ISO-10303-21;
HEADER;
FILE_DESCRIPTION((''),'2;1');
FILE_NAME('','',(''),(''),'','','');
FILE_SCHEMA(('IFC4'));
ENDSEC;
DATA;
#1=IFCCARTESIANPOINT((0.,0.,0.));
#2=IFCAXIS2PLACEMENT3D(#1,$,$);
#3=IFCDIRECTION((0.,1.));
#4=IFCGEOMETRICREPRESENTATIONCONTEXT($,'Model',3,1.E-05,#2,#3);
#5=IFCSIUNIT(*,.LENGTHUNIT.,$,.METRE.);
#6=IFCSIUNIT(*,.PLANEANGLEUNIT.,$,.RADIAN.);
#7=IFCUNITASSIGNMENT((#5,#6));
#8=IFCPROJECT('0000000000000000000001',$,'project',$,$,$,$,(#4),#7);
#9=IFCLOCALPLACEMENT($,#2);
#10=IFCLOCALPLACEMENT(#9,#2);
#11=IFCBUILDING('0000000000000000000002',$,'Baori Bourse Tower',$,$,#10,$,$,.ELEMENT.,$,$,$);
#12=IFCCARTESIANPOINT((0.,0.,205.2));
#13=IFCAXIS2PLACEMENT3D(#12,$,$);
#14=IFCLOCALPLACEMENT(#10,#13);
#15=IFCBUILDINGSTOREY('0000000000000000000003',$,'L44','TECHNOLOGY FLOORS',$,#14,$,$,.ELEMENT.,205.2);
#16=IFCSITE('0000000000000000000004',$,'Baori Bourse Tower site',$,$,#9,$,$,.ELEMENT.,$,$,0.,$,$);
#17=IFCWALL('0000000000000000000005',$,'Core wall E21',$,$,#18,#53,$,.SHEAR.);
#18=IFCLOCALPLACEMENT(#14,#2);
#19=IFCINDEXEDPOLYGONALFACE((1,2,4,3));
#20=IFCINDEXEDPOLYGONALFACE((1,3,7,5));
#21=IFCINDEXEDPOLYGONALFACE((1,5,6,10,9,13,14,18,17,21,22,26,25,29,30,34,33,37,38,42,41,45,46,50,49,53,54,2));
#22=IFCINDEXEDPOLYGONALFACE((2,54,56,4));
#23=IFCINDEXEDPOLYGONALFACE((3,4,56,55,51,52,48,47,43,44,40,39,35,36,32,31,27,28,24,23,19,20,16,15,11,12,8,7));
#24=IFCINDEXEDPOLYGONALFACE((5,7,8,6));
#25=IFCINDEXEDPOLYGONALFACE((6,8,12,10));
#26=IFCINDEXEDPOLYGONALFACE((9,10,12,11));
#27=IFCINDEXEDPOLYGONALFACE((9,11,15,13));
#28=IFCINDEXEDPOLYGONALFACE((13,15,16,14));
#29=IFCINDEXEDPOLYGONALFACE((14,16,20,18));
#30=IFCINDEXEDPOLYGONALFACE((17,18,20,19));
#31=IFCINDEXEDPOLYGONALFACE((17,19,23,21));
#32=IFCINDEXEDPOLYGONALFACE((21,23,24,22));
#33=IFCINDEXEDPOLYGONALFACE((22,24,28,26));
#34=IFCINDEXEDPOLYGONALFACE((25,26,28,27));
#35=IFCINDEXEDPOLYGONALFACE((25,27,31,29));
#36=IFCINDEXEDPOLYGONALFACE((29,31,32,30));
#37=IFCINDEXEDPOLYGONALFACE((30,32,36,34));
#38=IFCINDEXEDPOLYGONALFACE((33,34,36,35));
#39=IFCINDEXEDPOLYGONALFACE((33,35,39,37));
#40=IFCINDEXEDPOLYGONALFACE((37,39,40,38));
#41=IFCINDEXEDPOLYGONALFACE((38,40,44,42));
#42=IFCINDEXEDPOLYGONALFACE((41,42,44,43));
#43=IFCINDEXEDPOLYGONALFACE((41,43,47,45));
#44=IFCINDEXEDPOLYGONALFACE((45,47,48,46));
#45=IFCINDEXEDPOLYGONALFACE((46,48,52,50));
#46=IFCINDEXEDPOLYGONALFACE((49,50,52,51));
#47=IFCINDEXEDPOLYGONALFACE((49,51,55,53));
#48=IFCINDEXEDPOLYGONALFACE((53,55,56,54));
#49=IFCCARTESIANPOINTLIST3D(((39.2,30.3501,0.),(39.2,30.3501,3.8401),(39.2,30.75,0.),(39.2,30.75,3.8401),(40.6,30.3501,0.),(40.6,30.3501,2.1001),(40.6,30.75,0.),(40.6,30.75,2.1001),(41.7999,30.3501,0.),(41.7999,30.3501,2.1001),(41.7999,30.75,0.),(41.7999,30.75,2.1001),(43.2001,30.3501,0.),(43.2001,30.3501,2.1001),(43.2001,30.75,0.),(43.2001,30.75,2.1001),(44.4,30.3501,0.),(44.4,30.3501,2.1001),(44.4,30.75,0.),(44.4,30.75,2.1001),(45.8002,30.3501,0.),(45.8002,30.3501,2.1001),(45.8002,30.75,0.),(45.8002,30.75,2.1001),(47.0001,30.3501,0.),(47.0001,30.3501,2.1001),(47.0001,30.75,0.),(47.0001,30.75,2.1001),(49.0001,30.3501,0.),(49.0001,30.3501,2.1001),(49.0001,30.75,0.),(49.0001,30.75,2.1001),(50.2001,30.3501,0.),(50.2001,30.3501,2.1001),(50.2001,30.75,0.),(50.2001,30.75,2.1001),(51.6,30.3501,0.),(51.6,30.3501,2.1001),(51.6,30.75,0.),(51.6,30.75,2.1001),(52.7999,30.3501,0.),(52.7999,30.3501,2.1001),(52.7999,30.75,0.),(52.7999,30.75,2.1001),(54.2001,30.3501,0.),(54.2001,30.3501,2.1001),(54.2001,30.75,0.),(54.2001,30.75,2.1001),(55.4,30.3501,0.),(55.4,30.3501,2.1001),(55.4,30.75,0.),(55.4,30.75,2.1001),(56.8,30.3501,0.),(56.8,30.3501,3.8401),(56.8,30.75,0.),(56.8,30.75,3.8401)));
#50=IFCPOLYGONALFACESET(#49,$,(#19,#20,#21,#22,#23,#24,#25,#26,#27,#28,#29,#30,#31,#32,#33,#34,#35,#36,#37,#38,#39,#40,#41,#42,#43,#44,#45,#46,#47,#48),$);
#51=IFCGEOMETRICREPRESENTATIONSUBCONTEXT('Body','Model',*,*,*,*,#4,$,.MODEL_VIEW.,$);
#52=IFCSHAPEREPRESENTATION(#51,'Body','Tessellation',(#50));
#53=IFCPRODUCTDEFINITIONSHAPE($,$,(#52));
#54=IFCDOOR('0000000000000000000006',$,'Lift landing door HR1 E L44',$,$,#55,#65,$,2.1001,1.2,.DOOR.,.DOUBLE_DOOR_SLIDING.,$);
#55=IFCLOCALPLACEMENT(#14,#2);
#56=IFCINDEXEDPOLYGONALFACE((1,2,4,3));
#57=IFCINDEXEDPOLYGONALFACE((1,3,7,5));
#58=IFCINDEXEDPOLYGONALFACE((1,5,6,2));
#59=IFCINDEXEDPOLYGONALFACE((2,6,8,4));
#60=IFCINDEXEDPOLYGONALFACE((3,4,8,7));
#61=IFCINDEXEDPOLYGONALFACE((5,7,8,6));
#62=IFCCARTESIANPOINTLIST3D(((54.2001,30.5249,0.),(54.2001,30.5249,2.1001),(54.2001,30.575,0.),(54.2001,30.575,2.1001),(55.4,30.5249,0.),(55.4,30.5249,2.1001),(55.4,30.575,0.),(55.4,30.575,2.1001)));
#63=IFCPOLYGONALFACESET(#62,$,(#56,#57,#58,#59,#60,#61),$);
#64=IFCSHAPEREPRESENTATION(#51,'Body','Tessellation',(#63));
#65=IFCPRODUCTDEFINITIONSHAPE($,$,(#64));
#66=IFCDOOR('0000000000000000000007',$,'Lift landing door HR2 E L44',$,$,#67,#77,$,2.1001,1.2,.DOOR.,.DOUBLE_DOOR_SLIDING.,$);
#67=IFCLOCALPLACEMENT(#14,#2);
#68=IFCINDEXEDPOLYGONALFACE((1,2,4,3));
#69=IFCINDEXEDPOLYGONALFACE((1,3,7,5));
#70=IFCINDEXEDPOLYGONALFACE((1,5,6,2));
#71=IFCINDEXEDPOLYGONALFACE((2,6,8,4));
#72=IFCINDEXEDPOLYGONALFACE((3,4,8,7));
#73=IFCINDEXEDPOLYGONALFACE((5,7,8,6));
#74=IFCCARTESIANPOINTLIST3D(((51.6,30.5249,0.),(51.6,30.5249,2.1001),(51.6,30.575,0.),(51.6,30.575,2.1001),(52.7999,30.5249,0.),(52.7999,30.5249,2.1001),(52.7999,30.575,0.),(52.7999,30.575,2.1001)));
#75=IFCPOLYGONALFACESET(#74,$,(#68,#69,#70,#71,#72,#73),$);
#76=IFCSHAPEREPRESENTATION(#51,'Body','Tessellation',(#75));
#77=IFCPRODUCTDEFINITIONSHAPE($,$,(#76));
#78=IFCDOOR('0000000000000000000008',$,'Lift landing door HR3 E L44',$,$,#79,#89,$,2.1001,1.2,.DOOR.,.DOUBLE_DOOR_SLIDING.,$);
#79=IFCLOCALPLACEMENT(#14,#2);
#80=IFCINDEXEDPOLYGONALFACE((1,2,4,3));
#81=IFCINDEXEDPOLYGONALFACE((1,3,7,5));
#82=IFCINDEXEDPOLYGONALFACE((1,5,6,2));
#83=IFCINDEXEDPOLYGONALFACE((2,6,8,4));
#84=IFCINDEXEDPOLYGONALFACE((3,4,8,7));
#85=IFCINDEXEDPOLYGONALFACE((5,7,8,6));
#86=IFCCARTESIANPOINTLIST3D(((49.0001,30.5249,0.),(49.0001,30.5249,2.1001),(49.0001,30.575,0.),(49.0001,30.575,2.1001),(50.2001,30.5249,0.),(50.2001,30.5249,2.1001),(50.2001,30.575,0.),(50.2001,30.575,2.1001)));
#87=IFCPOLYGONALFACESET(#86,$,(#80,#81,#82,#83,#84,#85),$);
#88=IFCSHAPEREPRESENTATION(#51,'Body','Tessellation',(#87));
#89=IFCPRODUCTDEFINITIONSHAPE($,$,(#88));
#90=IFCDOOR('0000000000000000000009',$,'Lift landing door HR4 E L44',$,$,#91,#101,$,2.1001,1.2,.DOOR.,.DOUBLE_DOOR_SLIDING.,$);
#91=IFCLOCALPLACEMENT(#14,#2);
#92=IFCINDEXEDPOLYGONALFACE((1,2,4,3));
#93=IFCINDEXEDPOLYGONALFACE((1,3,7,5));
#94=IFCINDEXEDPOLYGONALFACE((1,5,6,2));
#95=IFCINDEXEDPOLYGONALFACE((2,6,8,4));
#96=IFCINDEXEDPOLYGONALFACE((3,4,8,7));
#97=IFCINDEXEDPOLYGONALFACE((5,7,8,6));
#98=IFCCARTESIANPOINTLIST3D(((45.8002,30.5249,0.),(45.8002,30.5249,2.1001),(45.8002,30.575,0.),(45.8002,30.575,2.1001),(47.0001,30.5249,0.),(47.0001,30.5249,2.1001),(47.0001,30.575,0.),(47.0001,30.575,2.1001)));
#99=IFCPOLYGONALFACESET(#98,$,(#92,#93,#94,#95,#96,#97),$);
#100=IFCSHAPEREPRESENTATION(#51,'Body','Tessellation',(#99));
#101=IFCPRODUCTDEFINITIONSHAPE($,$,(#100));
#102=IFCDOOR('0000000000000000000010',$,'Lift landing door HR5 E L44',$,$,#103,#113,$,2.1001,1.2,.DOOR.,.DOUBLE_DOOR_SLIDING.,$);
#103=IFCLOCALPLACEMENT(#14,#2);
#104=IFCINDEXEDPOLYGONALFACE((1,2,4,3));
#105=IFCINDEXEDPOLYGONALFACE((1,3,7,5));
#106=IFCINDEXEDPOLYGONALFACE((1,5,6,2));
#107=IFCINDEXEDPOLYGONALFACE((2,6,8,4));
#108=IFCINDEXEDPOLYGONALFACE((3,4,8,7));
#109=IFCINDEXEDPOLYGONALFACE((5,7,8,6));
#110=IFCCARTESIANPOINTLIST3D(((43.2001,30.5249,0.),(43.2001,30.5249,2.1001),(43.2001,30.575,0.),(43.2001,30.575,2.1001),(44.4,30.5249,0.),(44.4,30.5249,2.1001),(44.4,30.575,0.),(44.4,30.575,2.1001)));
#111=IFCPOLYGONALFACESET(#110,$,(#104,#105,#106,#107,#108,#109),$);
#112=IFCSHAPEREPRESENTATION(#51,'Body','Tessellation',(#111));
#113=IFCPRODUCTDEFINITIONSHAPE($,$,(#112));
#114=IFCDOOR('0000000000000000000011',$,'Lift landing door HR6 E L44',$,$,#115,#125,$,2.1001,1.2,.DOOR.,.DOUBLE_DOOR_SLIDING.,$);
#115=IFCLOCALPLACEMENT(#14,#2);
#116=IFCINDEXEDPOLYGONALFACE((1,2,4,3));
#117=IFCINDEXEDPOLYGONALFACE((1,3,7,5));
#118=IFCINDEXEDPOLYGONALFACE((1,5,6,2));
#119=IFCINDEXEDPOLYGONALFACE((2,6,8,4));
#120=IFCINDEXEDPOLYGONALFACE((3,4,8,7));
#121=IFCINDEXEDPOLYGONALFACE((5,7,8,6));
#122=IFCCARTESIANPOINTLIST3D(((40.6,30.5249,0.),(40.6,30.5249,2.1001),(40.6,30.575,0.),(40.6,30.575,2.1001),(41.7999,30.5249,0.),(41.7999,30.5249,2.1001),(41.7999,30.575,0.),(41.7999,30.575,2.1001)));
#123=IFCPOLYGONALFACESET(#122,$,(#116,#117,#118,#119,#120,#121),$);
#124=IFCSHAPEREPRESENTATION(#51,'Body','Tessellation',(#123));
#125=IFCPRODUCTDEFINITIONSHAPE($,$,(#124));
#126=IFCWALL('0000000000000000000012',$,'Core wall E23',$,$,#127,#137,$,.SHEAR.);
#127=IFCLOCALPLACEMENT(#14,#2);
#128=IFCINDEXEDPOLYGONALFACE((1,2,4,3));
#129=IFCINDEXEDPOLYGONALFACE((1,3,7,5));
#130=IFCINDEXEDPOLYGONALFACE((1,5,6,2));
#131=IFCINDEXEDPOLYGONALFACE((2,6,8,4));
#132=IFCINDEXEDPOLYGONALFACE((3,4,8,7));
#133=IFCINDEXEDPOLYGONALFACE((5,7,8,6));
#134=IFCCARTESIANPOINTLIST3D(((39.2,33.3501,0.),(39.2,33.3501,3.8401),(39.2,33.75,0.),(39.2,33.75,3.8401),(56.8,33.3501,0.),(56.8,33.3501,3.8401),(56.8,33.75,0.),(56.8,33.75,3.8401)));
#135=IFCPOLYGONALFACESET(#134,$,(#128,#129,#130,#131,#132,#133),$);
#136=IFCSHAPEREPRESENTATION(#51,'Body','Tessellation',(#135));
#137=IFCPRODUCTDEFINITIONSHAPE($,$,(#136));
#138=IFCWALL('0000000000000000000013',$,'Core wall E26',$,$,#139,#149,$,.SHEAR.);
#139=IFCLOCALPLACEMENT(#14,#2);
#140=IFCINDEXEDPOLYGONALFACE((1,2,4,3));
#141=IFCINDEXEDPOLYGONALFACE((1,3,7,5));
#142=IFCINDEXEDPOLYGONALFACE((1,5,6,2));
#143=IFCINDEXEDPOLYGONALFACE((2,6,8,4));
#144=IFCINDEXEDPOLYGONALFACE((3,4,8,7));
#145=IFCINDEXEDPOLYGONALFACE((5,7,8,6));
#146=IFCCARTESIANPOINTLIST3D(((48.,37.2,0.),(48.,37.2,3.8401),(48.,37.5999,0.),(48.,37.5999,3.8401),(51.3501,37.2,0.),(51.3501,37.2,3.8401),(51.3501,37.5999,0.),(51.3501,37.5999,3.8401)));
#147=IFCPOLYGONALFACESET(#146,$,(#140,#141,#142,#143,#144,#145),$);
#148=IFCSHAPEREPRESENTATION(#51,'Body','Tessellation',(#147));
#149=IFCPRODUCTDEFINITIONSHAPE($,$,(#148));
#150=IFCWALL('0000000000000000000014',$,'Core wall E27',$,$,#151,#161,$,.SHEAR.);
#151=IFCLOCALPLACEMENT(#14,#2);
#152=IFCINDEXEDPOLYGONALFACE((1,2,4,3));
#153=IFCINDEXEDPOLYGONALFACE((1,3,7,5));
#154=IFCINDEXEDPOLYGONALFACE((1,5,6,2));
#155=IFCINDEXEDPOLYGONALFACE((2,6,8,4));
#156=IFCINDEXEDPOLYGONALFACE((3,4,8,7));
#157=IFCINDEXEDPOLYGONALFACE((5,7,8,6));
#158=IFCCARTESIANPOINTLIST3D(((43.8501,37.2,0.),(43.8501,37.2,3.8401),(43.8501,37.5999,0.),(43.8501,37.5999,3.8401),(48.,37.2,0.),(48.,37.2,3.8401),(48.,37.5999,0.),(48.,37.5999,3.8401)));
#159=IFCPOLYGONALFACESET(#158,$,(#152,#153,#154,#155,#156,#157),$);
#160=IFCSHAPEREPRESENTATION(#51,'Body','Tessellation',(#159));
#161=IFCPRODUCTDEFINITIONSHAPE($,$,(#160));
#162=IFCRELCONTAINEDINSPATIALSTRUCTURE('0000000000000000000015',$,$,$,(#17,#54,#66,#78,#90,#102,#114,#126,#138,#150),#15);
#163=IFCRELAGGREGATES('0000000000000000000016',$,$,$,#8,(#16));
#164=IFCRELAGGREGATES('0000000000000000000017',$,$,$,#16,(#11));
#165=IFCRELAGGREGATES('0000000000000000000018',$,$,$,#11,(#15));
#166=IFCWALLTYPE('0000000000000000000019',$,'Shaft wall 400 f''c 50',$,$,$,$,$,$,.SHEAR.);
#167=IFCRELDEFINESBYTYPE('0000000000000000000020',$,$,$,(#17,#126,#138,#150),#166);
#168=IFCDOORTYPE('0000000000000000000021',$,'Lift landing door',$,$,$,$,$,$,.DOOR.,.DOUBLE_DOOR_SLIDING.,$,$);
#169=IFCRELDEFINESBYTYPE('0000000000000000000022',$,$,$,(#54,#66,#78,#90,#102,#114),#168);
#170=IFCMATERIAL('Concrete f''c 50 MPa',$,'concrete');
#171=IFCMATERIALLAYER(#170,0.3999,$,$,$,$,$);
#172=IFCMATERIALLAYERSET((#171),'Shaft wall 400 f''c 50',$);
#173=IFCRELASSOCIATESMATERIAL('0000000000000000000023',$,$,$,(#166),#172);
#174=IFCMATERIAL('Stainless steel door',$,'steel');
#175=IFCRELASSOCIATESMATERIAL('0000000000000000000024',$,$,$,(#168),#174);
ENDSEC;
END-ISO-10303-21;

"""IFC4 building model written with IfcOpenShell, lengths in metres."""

from ifc_helpers import new_model, si_unit, direction, frame, frame_2d, origin, place, context, subcontext, project, spatial, rectangle, extrude, material, layer, layer_set, type_object, element, fill, save


model = new_model("IFC4")

# Units and contexts
model_context = context("Model", 3, precision=1e-05, world=origin(), true_north=direction((0.0, 1.0)))
body_context = subcontext(model_context, "Body", "Model", "MODEL_VIEW")
ifc_project = project(units=[si_unit("LENGTHUNIT", "METRE"), si_unit("PLANEANGLEUNIT", "RADIAN")], contexts=[model_context])

# Site, building, storey
site_placement = place(None, origin())
site = spatial("IfcSite", under=ifc_project, at=site_placement, Name="Baori Bourse Tower site", CompositionType="ELEMENT", RefElevation=0.0)
building_placement = place(site_placement, origin())
building = spatial("IfcBuilding", under=site, at=building_placement, Name="Baori Bourse Tower", CompositionType="ELEMENT")
storey_placement = place(building_placement, frame((0.0, 0.0, 205.2)))
storey = spatial("IfcBuildingStorey", under=building, at=storey_placement, Name="L44", Description="TECHNOLOGY FLOORS", CompositionType="ELEMENT", Elevation=205.2)

# Wall, openings, doors
ifc_material_1 = material(Name="Concrete f'c 50 MPa", Category="concrete")
ifc_layer_1 = layer(ifc_material_1, 0.3999)
ifc_layer_set_1 = layer_set([ifc_layer_1], Name="Shaft wall 400 f'c 50")
wall_type_1 = type_object("IfcWallType", Name="Shaft wall 400 f'c 50", PredefinedType="SHEAR", material=ifc_layer_set_1)
ifc_material_2 = material(Name="Stainless steel door", Category="steel")
door_type_1 = type_object("IfcDoorType", Name="Lift landing door", OperationType="DOUBLE_DOOR_SLIDING", PredefinedType="DOOR", material=ifc_material_2)
wall_1_placement = place(storey_placement, frame((39.2, 30.55, 0.0), z_axis=(0.0, 0.0, 1.0), x_axis=(1.0, 0.0, 0.0)))
wall_1 = element("IfcWall", 1, at=wall_1_placement, inside=storey, type_object=wall_type_1, Name="Core wall E21", PredefinedType="SHEAR", context=body_context, shape_type="SweptSolid", body=[
    extrude(rectangle(XDim=17.6001, YDim=0.3999, at=frame_2d((8.8, 0.0))), origin(), (0.0, 0.0, 1.0), 3.8401),
])
opening_1_placement = place(wall_1_placement, frame((15.0, 0.0, 0.0)))
opening_1 = element("IfcOpeningElement", 2, at=opening_1_placement, cuts=wall_1, PredefinedType="OPENING", context=body_context, shape_type="SweptSolid", body=[
    extrude(rectangle(XDim=1.2, YDim=2.1001, at=frame_2d((0.6001, 1.05))), frame((0.0, 0.21, 0.0), z_axis=(0.0, -1.0, 0.0), x_axis=(1.0, 0.0, 0.0)), (0.0, 0.0, 1.0), 0.4199),
])
opening_2_placement = place(wall_1_placement, frame((12.3999, 0.0, 0.0)))
opening_2 = element("IfcOpeningElement", 3, at=opening_2_placement, cuts=wall_1, PredefinedType="OPENING", context=body_context, shape_type="SweptSolid", body=[
    extrude(rectangle(XDim=1.2, YDim=2.1001, at=frame_2d((0.6001, 1.05))), frame((0.0, 0.21, 0.0), z_axis=(0.0, -1.0, 0.0), x_axis=(1.0, 0.0, 0.0)), (0.0, 0.0, 1.0), 0.4199),
])
opening_3_placement = place(wall_1_placement, frame((9.8, 0.0, 0.0)))
opening_3 = element("IfcOpeningElement", 4, at=opening_3_placement, cuts=wall_1, PredefinedType="OPENING", context=body_context, shape_type="SweptSolid", body=[
    extrude(rectangle(XDim=1.2, YDim=2.1001, at=frame_2d((0.6001, 1.05))), frame((0.0, 0.21, 0.0), z_axis=(0.0, -1.0, 0.0), x_axis=(1.0, 0.0, 0.0)), (0.0, 0.0, 1.0), 0.4199),
])
opening_4_placement = place(wall_1_placement, frame((6.6001, 0.0, 0.0)))
opening_4 = element("IfcOpeningElement", 5, at=opening_4_placement, cuts=wall_1, PredefinedType="OPENING", context=body_context, shape_type="SweptSolid", body=[
    extrude(rectangle(XDim=1.2, YDim=2.1001, at=frame_2d((0.6001, 1.05))), frame((0.0, 0.21, 0.0), z_axis=(0.0, -1.0, 0.0), x_axis=(1.0, 0.0, 0.0)), (0.0, 0.0, 1.0), 0.4199),
])
opening_5_placement = place(wall_1_placement, frame((4.0, 0.0, 0.0)))
opening_5 = element("IfcOpeningElement", 6, at=opening_5_placement, cuts=wall_1, PredefinedType="OPENING", context=body_context, shape_type="SweptSolid", body=[
    extrude(rectangle(XDim=1.2, YDim=2.1001, at=frame_2d((0.6001, 1.05))), frame((0.0, 0.21, 0.0), z_axis=(0.0, -1.0, 0.0), x_axis=(1.0, 0.0, 0.0)), (0.0, 0.0, 1.0), 0.4199),
])
opening_6_placement = place(wall_1_placement, frame((1.3999, 0.0, 0.0)))
opening_6 = element("IfcOpeningElement", 7, at=opening_6_placement, cuts=wall_1, PredefinedType="OPENING", context=body_context, shape_type="SweptSolid", body=[
    extrude(rectangle(XDim=1.2, YDim=2.1001, at=frame_2d((0.6001, 1.05))), frame((0.0, 0.21, 0.0), z_axis=(0.0, -1.0, 0.0), x_axis=(1.0, 0.0, 0.0)), (0.0, 0.0, 1.0), 0.4199),
])
door_1_placement = place(opening_1_placement, origin())
door_1 = element("IfcDoor", 8, at=door_1_placement, inside=storey, type_object=door_type_1, Name="Lift landing door HR1 E L44", OperationType="DOUBLE_DOOR_SLIDING", OverallHeight=2.1001, OverallWidth=1.2, PredefinedType="DOOR", context=body_context, shape_type="SweptSolid", body=[
    extrude(rectangle(XDim=1.2, YDim=2.1001, at=frame_2d((0.6001, 1.05))), frame((0.0, 0.0249, 0.0), z_axis=(0.0, -1.0, 0.0), x_axis=(1.0, 0.0, 0.0)), (0.0, 0.0, 1.0), 0.05),
])
fill(opening_1, door_1)
door_2_placement = place(opening_2_placement, origin())
door_2 = element("IfcDoor", 9, at=door_2_placement, inside=storey, type_object=door_type_1, Name="Lift landing door HR2 E L44", OperationType="DOUBLE_DOOR_SLIDING", OverallHeight=2.1001, OverallWidth=1.2, PredefinedType="DOOR", context=body_context, shape_type="SweptSolid", body=[
    extrude(rectangle(XDim=1.2, YDim=2.1001, at=frame_2d((0.6001, 1.05))), frame((0.0, 0.0249, 0.0), z_axis=(0.0, -1.0, 0.0), x_axis=(1.0, 0.0, 0.0)), (0.0, 0.0, 1.0), 0.05),
])
fill(opening_2, door_2)
door_3_placement = place(opening_3_placement, origin())
door_3 = element("IfcDoor", 10, at=door_3_placement, inside=storey, type_object=door_type_1, Name="Lift landing door HR3 E L44", OperationType="DOUBLE_DOOR_SLIDING", OverallHeight=2.1001, OverallWidth=1.2, PredefinedType="DOOR", context=body_context, shape_type="SweptSolid", body=[
    extrude(rectangle(XDim=1.2, YDim=2.1001, at=frame_2d((0.6001, 1.05))), frame((0.0, 0.0249, 0.0), z_axis=(0.0, -1.0, 0.0), x_axis=(1.0, 0.0, 0.0)), (0.0, 0.0, 1.0), 0.05),
])
fill(opening_3, door_3)
door_4_placement = place(opening_4_placement, origin())
door_4 = element("IfcDoor", 11, at=door_4_placement, inside=storey, type_object=door_type_1, Name="Lift landing door HR4 E L44", OperationType="DOUBLE_DOOR_SLIDING", OverallHeight=2.1001, OverallWidth=1.2, PredefinedType="DOOR", context=body_context, shape_type="SweptSolid", body=[
    extrude(rectangle(XDim=1.2, YDim=2.1001, at=frame_2d((0.6001, 1.05))), frame((0.0, 0.0249, 0.0), z_axis=(0.0, -1.0, 0.0), x_axis=(1.0, 0.0, 0.0)), (0.0, 0.0, 1.0), 0.05),
])
fill(opening_4, door_4)
door_5_placement = place(opening_5_placement, origin())
door_5 = element("IfcDoor", 12, at=door_5_placement, inside=storey, type_object=door_type_1, Name="Lift landing door HR5 E L44", OperationType="DOUBLE_DOOR_SLIDING", OverallHeight=2.1001, OverallWidth=1.2, PredefinedType="DOOR", context=body_context, shape_type="SweptSolid", body=[
    extrude(rectangle(XDim=1.2, YDim=2.1001, at=frame_2d((0.6001, 1.05))), frame((0.0, 0.0249, 0.0), z_axis=(0.0, -1.0, 0.0), x_axis=(1.0, 0.0, 0.0)), (0.0, 0.0, 1.0), 0.05),
])
fill(opening_5, door_5)
door_6_placement = place(opening_6_placement, origin())
door_6 = element("IfcDoor", 13, at=door_6_placement, inside=storey, type_object=door_type_1, Name="Lift landing door HR6 E L44", OperationType="DOUBLE_DOOR_SLIDING", OverallHeight=2.1001, OverallWidth=1.2, PredefinedType="DOOR", context=body_context, shape_type="SweptSolid", body=[
    extrude(rectangle(XDim=1.2, YDim=2.1001, at=frame_2d((0.6001, 1.05))), frame((0.0, 0.0249, 0.0), z_axis=(0.0, -1.0, 0.0), x_axis=(1.0, 0.0, 0.0)), (0.0, 0.0, 1.0), 0.05),
])
fill(opening_6, door_6)

# Walls
wall_2_placement = place(storey_placement, frame((39.2, 33.55, 0.0), z_axis=(0.0, 0.0, 1.0), x_axis=(1.0, 0.0, 0.0)))
element("IfcWall", 14, at=wall_2_placement, inside=storey, type_object=wall_type_1, Name="Core wall E23", PredefinedType="SHEAR", context=body_context, shape_type="SweptSolid", body=[
    extrude(rectangle(XDim=17.6001, YDim=0.3999, at=frame_2d((8.8, 0.0))), origin(), (0.0, 0.0, 1.0), 3.8401),
])
wall_3_placement = place(storey_placement, frame((48.0, 37.3999, 0.0), z_axis=(0.0, 0.0, 1.0), x_axis=(1.0, 0.0, 0.0)))
element("IfcWall", 15, at=wall_3_placement, inside=storey, type_object=wall_type_1, Name="Core wall E26", PredefinedType="SHEAR", context=body_context, shape_type="SweptSolid", body=[
    extrude(rectangle(XDim=3.3501, YDim=0.3999, at=frame_2d((1.675, 0.0))), origin(), (0.0, 0.0, 1.0), 3.8401),
])
wall_4_placement = place(storey_placement, frame((43.8501, 37.3999, 0.0), z_axis=(0.0, 0.0, 1.0), x_axis=(1.0, 0.0, 0.0)))
element("IfcWall", 16, at=wall_4_placement, inside=storey, type_object=wall_type_1, Name="Core wall E27", PredefinedType="SHEAR", context=body_context, shape_type="SweptSolid", body=[
    extrude(rectangle(XDim=4.1499, YDim=0.3999, at=frame_2d((2.075, 0.0))), origin(), (0.0, 0.0, 1.0), 3.8401),
])

save(model, "model.ifc")
